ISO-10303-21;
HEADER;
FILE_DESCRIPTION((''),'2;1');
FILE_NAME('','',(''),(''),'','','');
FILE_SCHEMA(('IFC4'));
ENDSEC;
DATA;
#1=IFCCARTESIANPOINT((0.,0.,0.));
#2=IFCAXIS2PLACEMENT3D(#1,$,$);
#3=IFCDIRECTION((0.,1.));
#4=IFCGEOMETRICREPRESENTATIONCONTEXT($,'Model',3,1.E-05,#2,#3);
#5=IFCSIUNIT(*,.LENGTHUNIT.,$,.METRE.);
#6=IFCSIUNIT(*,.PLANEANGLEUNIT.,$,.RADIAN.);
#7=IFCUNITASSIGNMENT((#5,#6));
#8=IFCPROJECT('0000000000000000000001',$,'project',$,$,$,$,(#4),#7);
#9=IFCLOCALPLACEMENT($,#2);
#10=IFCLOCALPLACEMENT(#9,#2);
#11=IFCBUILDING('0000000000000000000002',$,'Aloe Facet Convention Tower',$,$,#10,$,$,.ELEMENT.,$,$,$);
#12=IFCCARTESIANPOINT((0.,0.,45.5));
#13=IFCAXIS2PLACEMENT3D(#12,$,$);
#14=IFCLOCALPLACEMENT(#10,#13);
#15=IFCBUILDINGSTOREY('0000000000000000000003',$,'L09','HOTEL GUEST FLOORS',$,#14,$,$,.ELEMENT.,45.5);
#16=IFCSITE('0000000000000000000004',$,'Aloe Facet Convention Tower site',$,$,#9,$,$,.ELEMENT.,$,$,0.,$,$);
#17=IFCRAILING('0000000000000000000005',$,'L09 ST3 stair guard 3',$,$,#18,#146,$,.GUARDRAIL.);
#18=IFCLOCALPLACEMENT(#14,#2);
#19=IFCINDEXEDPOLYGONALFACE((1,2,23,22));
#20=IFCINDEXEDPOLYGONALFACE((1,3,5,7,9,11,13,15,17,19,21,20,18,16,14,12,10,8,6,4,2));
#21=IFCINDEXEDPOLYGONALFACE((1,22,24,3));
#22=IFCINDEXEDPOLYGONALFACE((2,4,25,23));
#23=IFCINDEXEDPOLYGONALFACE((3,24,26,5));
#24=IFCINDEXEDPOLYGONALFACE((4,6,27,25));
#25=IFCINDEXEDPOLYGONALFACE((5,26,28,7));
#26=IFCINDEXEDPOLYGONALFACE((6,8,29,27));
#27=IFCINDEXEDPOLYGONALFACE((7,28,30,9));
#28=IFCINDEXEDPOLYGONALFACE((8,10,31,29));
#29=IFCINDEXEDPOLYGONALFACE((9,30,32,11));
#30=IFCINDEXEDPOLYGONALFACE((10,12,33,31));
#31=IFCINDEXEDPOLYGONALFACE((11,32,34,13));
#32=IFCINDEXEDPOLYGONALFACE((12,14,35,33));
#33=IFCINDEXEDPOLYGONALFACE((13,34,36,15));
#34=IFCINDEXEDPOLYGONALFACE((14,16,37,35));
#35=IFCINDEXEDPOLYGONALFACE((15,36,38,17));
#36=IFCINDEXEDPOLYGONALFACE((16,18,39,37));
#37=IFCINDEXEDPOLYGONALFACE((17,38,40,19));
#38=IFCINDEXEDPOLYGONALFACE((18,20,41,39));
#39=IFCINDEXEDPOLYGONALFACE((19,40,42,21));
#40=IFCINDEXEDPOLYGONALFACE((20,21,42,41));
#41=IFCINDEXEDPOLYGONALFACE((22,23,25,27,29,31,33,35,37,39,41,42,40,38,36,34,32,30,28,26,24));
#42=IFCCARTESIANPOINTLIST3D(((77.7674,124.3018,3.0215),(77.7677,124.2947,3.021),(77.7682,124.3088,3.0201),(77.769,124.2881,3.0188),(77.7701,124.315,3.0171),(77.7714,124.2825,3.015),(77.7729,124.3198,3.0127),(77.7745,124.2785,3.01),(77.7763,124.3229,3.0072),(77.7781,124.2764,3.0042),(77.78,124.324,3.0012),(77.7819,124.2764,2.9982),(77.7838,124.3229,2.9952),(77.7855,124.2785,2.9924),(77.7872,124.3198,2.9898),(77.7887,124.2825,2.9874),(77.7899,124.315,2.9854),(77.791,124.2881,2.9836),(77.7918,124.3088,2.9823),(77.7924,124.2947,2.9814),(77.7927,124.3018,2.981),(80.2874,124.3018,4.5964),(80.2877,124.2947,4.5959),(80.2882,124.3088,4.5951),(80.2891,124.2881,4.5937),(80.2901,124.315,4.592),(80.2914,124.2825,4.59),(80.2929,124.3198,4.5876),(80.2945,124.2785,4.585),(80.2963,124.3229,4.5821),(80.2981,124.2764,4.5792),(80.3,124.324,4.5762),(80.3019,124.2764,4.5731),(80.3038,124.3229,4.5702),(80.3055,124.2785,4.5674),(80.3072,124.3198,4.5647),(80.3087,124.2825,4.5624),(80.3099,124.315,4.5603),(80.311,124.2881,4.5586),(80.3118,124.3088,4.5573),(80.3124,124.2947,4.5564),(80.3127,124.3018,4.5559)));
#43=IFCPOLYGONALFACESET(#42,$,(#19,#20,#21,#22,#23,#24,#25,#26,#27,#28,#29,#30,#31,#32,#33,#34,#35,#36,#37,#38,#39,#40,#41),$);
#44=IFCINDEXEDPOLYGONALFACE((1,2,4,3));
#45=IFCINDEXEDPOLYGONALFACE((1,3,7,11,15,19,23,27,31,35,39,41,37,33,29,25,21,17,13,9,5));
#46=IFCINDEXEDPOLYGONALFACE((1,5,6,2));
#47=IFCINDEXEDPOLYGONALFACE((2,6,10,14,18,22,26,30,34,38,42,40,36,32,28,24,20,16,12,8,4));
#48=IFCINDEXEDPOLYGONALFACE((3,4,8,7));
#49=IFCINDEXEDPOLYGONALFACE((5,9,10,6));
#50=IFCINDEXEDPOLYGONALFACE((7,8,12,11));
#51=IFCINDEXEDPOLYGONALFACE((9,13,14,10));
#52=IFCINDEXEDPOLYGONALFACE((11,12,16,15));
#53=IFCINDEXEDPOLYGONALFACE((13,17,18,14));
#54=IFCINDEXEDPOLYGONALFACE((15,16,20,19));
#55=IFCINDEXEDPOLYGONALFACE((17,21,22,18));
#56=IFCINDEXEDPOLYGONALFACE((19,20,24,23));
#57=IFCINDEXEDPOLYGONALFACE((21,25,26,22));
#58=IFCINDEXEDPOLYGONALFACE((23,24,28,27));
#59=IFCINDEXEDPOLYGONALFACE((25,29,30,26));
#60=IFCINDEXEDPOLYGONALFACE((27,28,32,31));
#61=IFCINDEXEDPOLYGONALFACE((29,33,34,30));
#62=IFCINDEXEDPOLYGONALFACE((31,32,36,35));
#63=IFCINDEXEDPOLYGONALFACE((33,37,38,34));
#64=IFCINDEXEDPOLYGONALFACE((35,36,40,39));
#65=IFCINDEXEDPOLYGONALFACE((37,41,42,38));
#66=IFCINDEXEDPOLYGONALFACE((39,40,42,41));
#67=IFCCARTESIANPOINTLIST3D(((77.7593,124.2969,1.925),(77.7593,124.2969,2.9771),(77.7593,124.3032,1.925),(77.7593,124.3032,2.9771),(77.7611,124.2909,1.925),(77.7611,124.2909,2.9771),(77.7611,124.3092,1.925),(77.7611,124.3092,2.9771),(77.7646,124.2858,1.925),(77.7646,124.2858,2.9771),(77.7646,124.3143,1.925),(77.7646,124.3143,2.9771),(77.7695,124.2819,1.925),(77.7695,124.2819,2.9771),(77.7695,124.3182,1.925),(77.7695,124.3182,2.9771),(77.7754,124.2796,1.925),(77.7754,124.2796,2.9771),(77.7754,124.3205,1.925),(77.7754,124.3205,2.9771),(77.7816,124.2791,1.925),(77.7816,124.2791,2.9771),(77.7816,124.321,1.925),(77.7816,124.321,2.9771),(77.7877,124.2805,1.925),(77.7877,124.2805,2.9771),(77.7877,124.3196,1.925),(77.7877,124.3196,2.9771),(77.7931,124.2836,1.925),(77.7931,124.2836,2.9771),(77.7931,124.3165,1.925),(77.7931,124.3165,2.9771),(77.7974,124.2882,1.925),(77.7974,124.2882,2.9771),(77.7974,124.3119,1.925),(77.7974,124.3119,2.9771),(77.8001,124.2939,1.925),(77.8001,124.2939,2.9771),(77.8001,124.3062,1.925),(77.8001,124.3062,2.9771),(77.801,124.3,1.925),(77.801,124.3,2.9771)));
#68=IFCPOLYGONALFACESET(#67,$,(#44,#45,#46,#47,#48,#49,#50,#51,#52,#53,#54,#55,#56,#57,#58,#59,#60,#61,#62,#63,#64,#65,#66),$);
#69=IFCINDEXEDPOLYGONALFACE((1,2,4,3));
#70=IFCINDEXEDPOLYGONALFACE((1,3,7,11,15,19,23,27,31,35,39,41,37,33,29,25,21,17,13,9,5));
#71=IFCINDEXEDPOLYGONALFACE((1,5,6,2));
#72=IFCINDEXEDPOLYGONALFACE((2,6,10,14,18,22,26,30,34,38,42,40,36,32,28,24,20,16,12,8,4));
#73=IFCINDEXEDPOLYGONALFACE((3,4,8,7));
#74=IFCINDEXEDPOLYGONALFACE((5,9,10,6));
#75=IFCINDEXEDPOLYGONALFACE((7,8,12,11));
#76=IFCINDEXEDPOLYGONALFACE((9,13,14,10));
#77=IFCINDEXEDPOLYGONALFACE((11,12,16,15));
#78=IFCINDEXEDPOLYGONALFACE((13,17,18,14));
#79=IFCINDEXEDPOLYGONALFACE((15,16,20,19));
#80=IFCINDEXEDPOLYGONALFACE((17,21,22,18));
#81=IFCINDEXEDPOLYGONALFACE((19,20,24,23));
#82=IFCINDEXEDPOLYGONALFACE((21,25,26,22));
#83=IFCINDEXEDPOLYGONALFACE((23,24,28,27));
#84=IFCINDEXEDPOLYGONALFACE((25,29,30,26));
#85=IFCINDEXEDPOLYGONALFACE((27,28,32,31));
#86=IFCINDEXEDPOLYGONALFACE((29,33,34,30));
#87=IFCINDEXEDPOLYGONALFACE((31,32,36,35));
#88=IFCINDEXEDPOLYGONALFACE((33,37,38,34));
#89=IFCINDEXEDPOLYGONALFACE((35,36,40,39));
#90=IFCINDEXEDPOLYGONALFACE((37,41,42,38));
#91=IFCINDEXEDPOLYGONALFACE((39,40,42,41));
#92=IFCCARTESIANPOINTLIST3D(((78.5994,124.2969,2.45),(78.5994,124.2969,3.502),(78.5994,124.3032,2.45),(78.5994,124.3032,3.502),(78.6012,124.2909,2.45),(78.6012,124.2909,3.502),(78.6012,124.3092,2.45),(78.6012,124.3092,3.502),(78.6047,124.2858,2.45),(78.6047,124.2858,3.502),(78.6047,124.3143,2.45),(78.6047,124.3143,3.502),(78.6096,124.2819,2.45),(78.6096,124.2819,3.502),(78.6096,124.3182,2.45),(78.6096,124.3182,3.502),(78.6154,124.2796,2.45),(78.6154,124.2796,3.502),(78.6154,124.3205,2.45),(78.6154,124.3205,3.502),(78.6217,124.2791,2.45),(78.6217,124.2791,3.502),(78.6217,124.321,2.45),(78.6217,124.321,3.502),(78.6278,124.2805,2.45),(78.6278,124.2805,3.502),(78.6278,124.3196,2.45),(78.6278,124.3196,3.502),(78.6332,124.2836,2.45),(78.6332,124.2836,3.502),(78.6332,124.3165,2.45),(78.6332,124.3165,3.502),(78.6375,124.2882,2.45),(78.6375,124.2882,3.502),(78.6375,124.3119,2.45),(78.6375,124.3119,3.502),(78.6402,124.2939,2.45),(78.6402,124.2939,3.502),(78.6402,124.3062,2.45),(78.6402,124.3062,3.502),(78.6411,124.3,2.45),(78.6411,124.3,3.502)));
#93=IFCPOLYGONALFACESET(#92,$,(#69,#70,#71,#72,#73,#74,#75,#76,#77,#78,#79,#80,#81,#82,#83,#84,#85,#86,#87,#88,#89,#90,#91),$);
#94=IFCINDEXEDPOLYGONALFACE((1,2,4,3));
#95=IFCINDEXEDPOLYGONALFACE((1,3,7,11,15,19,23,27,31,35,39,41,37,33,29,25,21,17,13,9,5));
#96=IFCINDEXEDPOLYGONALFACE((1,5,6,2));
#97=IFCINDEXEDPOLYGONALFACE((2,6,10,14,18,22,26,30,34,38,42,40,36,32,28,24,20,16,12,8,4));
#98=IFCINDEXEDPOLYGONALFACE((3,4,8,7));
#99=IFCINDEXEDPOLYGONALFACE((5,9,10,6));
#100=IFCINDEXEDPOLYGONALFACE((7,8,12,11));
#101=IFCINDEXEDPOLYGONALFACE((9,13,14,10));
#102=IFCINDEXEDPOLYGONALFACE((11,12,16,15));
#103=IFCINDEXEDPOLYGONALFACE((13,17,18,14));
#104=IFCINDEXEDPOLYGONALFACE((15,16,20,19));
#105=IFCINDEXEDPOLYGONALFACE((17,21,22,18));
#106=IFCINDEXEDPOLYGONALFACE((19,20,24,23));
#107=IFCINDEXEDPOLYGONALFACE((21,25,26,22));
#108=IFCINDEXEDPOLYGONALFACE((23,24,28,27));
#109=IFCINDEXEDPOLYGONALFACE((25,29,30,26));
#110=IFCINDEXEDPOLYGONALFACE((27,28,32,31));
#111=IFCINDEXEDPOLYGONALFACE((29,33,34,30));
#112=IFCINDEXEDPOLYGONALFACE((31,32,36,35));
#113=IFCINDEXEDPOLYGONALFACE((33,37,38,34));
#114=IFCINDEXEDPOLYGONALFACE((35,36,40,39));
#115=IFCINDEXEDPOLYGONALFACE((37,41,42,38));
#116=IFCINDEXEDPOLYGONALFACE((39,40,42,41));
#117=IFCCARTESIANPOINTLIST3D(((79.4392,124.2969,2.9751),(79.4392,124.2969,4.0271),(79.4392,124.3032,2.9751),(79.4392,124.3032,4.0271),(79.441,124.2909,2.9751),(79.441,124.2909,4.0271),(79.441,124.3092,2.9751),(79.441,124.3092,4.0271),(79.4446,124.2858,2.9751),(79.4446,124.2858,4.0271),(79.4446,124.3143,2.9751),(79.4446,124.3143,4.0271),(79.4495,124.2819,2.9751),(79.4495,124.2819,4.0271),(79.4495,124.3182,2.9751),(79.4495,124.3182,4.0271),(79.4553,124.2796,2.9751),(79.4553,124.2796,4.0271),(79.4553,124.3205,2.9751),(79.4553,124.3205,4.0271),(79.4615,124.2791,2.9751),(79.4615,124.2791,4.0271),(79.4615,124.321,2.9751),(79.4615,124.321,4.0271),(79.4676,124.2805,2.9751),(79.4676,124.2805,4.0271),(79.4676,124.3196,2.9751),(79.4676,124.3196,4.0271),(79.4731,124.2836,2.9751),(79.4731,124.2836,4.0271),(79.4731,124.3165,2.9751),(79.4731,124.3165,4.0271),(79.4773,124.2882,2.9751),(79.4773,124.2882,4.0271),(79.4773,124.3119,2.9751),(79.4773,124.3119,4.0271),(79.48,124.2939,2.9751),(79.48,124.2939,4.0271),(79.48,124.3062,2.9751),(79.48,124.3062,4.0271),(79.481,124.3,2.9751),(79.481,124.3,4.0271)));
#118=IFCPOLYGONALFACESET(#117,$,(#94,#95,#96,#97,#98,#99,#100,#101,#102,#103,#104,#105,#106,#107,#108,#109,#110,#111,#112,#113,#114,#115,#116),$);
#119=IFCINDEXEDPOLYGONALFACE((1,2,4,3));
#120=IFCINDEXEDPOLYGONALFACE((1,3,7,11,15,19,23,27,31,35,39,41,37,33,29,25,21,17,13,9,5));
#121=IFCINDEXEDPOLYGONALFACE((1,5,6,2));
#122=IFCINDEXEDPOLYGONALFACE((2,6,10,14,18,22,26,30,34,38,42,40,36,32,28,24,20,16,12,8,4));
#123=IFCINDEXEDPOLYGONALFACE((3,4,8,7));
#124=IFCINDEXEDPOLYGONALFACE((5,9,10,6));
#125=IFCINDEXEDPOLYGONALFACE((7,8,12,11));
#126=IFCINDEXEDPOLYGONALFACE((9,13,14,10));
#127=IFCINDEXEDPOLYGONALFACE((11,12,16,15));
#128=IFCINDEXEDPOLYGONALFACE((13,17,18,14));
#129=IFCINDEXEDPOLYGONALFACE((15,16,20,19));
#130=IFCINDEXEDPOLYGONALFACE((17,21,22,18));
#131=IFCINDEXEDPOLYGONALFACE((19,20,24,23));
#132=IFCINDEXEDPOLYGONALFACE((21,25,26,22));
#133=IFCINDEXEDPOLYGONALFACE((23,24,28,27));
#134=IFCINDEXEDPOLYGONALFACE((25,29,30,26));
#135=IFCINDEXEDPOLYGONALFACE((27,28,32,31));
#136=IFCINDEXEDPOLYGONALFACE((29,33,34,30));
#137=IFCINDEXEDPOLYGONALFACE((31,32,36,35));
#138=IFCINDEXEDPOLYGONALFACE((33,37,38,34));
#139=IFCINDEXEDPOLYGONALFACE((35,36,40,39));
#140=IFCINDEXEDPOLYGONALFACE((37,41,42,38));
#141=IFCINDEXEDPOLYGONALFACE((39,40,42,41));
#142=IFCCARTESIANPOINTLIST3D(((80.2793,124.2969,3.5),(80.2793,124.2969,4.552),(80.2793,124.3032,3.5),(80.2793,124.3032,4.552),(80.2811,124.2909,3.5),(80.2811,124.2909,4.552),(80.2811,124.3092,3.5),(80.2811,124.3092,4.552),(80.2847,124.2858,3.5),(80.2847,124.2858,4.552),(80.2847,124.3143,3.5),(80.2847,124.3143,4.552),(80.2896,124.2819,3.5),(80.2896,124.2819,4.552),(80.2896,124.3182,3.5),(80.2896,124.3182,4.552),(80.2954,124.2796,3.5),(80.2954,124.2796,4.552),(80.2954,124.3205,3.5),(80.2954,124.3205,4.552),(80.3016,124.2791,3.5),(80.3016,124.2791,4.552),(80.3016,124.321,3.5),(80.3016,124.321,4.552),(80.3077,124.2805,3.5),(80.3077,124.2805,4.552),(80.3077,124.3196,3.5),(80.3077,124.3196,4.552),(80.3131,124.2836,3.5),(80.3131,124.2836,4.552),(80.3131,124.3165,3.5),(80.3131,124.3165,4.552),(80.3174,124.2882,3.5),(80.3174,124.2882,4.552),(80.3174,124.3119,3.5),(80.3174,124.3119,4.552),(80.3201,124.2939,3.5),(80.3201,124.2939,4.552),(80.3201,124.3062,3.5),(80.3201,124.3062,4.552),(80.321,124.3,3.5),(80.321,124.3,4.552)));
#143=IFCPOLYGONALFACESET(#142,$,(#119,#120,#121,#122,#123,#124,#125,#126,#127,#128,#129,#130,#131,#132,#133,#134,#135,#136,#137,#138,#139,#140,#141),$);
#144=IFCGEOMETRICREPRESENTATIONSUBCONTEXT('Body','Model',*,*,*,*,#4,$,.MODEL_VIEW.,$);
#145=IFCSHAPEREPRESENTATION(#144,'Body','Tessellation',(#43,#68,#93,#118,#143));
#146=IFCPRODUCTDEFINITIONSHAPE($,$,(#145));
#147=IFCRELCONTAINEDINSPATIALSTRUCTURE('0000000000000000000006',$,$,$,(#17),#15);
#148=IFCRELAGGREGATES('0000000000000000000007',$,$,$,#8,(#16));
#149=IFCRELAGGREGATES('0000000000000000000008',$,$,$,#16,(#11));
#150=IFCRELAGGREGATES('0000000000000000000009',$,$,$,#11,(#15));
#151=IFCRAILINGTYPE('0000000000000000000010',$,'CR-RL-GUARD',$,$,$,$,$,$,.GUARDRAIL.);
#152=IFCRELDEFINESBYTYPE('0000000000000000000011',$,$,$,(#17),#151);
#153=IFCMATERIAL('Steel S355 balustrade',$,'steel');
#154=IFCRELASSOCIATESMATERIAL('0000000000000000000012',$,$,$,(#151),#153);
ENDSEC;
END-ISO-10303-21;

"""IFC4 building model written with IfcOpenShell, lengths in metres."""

from ifc_helpers import new_model, si_unit, direction, frame, origin, origin_2d, place, context, subcontext, project, spatial, circle, extrude, material, type_object, element, save


model = new_model("IFC4")

# Units and contexts
model_context = context("Model", 3, precision=1e-05, world=origin(), true_north=direction((0.0, 1.0)))
body_context = subcontext(model_context, "Body", "Model", "MODEL_VIEW")
ifc_project = project(units=[si_unit("LENGTHUNIT", "METRE"), si_unit("PLANEANGLEUNIT", "RADIAN")], contexts=[model_context])

# Site, building, storey
site_placement = place(None, origin())
site = spatial("IfcSite", under=ifc_project, at=site_placement, Name="Aloe Facet Convention Tower site", CompositionType="ELEMENT", RefElevation=0.0)
building_placement = place(site_placement, origin())
building = spatial("IfcBuilding", under=site, at=building_placement, Name="Aloe Facet Convention Tower", CompositionType="ELEMENT")
storey_placement = place(building_placement, frame((0.0, 0.0, 45.5)))
storey = spatial("IfcBuildingStorey", under=building, at=storey_placement, Name="L09", Description="HOTEL GUEST FLOORS", CompositionType="ELEMENT", Elevation=45.5)

# Railing
ifc_material_1 = material(Name="Steel S355 balustrade", Category="steel")
railing_type_1 = type_object("IfcRailingType", Name="CR-RL-GUARD", PredefinedType="GUARDRAIL", material=ifc_material_1)
railing_1_placement = place(storey_placement, frame((77.78, 124.3, 1.925)))
element("IfcRailing", 1, at=railing_1_placement, inside=storey, type_object=railing_type_1, Name="L09 ST3 stair guard 3", PredefinedType="GUARDRAIL", context=body_context, shape_type="SweptSolid", body=[
    extrude(circle(Radius=0.0239, at=origin_2d()), frame((0.0, 0.0, 1.0762), z_axis=(0.848008, 0.0, 0.529984), x_axis=(0.0, 1.0, 0.0)), (0.0, 0.0, 1.0), 2.9717),
    extrude(circle(Radius=0.021, at=origin_2d()), origin(), (0.0, 0.0, 1.0), 1.052),
    extrude(circle(Radius=0.021, at=origin_2d()), frame((0.8401, 0.0, 0.5249)), (0.0, 0.0, 1.0), 1.052),
    extrude(circle(Radius=0.021, at=origin_2d()), frame((1.6799, 0.0, 1.05)), (0.0, 0.0, 1.0), 1.052),
    extrude(circle(Radius=0.021, at=origin_2d()), frame((2.52, 0.0, 1.575)), (0.0, 0.0, 1.0), 1.052),
])

save(model, "model.ifc")
